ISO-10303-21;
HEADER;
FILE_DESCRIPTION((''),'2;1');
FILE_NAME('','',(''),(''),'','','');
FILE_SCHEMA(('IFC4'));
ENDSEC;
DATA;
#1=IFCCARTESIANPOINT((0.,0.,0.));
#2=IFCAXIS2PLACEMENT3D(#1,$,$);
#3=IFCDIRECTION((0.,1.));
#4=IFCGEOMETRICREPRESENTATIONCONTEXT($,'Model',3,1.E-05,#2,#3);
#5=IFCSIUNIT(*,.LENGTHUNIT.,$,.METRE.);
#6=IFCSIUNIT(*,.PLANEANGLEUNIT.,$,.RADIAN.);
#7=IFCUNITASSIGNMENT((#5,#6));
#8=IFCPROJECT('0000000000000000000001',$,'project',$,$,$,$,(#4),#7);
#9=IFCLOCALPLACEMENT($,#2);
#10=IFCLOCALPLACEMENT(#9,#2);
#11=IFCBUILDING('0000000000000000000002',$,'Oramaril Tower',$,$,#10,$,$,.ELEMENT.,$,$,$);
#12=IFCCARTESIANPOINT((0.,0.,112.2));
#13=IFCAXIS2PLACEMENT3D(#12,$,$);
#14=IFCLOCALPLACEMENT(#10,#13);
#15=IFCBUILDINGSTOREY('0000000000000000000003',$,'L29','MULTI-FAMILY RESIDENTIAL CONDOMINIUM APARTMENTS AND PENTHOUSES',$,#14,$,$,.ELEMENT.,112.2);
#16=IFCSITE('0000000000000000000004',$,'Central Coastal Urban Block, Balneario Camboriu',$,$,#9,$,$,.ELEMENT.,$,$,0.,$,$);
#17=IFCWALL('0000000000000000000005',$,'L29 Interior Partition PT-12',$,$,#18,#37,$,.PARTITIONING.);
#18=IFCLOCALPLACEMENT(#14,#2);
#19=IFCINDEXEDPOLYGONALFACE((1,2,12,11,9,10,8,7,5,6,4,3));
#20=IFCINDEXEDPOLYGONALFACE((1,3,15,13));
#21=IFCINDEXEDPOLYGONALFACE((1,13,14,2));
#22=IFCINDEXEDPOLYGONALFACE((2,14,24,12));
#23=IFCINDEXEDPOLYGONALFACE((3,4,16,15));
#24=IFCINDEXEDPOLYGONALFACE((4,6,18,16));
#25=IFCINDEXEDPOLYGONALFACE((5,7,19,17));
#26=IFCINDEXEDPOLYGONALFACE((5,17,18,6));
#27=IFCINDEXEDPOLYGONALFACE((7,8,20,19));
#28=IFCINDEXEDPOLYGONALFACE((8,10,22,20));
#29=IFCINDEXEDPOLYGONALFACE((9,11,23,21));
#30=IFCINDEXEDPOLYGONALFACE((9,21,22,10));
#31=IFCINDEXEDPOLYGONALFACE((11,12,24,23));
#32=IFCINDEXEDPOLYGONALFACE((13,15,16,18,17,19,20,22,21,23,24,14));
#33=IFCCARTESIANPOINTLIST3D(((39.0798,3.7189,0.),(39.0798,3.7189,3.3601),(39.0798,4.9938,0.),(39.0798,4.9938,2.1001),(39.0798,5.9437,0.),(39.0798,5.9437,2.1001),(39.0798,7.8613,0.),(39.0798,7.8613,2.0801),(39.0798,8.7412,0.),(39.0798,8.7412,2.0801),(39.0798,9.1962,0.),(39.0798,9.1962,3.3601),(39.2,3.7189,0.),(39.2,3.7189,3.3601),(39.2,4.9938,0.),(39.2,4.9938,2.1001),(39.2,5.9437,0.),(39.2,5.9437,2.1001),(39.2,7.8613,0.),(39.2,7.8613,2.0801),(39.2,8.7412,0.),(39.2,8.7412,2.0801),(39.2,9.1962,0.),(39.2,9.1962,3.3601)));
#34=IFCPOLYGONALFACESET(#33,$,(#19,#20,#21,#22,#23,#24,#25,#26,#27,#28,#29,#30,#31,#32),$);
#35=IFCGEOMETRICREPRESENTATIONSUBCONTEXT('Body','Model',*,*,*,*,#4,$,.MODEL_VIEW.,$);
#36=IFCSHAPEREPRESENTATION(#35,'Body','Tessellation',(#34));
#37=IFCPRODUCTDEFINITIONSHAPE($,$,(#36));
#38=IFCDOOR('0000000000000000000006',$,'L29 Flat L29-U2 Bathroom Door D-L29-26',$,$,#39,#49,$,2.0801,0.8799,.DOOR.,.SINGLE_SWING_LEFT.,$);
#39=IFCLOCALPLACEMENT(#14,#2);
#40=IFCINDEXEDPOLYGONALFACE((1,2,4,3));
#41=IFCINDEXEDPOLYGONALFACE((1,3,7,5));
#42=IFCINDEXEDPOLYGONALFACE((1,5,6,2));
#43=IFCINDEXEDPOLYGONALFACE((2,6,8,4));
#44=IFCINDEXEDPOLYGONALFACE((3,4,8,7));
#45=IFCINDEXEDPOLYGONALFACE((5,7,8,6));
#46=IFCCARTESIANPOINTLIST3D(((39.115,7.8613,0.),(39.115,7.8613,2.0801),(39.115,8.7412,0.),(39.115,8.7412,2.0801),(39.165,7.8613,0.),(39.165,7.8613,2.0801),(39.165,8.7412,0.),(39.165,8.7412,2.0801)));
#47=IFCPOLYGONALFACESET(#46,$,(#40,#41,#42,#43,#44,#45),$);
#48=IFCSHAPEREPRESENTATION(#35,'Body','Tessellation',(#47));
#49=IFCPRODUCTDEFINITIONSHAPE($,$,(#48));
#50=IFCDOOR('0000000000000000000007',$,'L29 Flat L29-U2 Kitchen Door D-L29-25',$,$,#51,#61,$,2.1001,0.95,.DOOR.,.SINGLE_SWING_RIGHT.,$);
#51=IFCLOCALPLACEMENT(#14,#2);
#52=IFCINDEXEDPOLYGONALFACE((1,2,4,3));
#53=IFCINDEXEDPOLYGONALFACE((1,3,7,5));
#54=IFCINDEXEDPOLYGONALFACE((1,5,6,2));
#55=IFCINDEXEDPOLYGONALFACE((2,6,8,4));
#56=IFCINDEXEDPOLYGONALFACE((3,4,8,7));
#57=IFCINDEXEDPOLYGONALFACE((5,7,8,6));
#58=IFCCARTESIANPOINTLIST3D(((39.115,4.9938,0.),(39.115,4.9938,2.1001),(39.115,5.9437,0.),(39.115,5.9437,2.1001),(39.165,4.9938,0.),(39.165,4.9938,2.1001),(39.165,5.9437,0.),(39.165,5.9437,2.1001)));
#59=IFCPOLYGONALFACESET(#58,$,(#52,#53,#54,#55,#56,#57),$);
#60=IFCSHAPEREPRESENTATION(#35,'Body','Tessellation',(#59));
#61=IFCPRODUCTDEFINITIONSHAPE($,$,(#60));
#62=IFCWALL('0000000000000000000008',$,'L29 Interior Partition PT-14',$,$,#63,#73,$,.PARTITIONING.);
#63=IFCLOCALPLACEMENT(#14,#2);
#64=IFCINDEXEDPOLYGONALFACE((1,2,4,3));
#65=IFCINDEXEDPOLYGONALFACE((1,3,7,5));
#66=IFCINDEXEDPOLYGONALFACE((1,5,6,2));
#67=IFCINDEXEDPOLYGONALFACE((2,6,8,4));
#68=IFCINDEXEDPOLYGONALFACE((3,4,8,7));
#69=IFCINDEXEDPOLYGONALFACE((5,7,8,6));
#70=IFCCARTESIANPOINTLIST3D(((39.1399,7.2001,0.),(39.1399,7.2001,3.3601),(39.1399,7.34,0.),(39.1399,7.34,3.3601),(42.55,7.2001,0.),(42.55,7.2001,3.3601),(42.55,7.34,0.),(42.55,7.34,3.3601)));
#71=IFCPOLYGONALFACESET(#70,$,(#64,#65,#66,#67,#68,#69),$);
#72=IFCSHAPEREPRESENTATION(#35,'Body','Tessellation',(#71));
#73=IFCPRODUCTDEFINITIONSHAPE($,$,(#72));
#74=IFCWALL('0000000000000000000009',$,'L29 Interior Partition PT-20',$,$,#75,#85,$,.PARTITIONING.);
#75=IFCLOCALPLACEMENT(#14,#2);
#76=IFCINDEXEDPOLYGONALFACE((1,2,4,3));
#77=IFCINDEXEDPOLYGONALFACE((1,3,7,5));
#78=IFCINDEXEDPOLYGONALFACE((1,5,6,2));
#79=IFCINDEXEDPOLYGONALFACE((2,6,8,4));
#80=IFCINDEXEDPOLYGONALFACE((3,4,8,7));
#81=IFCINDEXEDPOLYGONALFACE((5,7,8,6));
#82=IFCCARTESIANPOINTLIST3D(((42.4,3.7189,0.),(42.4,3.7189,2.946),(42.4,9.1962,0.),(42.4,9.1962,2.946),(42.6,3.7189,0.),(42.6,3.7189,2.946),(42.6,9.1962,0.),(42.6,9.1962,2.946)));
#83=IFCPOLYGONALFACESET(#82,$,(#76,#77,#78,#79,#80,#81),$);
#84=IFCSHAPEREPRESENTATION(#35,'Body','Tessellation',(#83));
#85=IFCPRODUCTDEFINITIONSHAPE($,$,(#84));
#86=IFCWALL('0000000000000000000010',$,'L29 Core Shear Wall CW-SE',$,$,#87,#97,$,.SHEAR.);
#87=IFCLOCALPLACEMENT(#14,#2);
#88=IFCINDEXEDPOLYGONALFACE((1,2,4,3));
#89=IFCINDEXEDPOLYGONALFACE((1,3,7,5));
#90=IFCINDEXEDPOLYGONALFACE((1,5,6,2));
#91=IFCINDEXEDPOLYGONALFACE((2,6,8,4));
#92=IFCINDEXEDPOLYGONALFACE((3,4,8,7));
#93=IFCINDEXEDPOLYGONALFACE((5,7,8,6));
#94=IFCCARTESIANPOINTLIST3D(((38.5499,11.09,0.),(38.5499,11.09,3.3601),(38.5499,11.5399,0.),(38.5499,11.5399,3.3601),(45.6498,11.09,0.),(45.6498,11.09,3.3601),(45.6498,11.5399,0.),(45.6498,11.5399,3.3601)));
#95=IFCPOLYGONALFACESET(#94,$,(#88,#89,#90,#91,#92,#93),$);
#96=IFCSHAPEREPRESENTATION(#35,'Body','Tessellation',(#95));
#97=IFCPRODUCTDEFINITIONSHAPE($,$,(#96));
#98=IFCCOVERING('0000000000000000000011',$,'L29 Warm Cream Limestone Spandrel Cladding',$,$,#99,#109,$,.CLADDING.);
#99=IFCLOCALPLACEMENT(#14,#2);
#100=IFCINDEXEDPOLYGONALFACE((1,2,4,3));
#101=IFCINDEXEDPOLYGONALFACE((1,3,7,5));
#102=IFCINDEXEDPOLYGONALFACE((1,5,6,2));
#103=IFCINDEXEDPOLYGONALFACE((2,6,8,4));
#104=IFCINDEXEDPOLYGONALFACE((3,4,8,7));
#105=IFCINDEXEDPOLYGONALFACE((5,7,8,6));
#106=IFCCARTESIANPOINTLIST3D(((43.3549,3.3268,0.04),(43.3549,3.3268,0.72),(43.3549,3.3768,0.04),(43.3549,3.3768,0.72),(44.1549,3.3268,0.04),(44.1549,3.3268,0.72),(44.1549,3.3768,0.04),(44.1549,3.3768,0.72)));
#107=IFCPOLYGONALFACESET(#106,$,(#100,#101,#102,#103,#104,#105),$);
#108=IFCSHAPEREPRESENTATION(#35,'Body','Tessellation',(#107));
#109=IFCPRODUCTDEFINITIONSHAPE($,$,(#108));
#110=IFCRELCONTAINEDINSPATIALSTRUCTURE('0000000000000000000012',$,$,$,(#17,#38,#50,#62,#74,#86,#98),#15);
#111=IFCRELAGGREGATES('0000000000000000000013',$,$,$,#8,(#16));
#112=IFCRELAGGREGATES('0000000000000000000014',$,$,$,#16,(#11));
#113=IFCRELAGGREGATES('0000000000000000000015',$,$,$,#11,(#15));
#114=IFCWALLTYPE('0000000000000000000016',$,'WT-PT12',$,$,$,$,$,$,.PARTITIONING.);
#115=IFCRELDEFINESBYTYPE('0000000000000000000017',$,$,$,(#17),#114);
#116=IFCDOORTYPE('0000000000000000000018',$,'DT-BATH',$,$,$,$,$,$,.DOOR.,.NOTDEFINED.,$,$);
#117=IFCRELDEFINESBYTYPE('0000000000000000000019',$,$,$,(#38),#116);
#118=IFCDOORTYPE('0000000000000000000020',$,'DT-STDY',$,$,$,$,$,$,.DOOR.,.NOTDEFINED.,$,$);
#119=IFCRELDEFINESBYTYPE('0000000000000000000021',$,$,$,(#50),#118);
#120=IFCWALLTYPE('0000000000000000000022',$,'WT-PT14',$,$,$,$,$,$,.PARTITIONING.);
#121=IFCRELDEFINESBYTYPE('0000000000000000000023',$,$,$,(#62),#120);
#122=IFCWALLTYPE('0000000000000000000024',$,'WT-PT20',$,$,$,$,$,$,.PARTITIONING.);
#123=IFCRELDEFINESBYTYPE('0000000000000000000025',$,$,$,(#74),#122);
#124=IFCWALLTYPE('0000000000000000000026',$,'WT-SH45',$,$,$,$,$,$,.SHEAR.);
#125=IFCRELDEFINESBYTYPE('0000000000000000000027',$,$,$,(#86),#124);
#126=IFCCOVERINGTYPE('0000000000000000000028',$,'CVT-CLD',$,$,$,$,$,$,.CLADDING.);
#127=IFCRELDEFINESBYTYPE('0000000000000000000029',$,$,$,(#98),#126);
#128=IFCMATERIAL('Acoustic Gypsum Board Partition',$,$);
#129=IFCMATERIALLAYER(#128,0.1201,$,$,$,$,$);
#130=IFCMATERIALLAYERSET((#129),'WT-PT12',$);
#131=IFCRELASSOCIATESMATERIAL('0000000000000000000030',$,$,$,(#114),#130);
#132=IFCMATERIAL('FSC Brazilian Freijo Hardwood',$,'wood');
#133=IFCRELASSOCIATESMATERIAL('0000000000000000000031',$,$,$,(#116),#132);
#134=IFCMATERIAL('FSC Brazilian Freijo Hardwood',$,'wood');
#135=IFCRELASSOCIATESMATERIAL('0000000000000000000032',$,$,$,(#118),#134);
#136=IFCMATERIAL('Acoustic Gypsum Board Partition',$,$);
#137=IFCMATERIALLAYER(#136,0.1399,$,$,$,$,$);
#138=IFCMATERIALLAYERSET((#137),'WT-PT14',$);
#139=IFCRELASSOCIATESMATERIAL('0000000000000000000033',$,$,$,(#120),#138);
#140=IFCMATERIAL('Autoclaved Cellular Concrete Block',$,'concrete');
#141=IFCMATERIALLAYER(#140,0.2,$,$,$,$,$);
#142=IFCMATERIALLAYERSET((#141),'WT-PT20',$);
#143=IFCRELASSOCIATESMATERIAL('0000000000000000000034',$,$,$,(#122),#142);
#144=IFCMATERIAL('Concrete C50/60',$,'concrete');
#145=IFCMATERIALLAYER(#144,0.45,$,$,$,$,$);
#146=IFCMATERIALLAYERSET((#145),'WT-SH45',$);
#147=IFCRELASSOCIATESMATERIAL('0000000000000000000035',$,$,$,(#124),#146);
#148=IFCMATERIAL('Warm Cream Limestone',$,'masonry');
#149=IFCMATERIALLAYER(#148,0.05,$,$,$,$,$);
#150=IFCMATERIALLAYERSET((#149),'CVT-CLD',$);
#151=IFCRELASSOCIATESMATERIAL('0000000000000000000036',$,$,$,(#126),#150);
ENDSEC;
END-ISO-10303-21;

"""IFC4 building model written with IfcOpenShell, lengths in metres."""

from ifc_helpers import new_model, si_unit, direction, frame, frame_2d, origin, origin_2d, place, context, subcontext, project, spatial, rectangle, extrude, material, layer, layer_set, type_object, element, fill, save


model = new_model("IFC4")

# Units and contexts
model_context = context("Model", 3, precision=1e-05, world=origin(), true_north=direction((0.0, 1.0)))
body_context = subcontext(model_context, "Body", "Model", "MODEL_VIEW")
ifc_project = project(units=[si_unit("LENGTHUNIT", "METRE"), si_unit("PLANEANGLEUNIT", "RADIAN")], contexts=[model_context])

# Site, building, storey
site_placement = place(None, origin())
site = spatial("IfcSite", under=ifc_project, at=site_placement, Name="Central Coastal Urban Block, Balneario Camboriu", CompositionType="ELEMENT", RefElevation=0.0)
building_placement = place(site_placement, origin())
building = spatial("IfcBuilding", under=site, at=building_placement, Name="Oramaril Tower", CompositionType="ELEMENT")
storey_placement = place(building_placement, frame((0.0, 0.0, 112.2)))
storey = spatial("IfcBuildingStorey", under=building, at=storey_placement, Name="L29", Description="MULTI-FAMILY RESIDENTIAL CONDOMINIUM APARTMENTS AND PENTHOUSES", CompositionType="ELEMENT", Elevation=112.2)

# Wall, openings, doors
ifc_material_1 = material(Name="Acoustic Gypsum Board Partition")
ifc_layer_1 = layer(ifc_material_1, 0.1201)
ifc_layer_set_1 = layer_set([ifc_layer_1], Name="WT-PT12")
wall_type_1 = type_object("IfcWallType", Name="WT-PT12", PredefinedType="PARTITIONING", material=ifc_layer_set_1)
wall_1_placement = place(storey_placement, frame((39.1399, 3.7188, 0.0), z_axis=(0.0, 0.0, 1.0), x_axis=(0.0, 1.0, 0.0)))
wall_1 = element("IfcWall", 1, at=wall_1_placement, inside=storey, type_object=wall_type_1, Name="L29 Interior Partition PT-12", PredefinedType="PARTITIONING", context=body_context, shape_type="SweptSolid", body=[
    extrude(rectangle(XDim=5.4773, YDim=0.1201, at=frame_2d((2.7388, 0.0))), origin(), (0.0, 0.0, 1.0), 3.3601),
])
opening_1_placement = place(wall_1_placement, frame((1.2749, 0.0, 0.0)))
opening_1 = element("IfcOpeningElement", 2, at=opening_1_placement, cuts=wall_1, PredefinedType="OPENING", context=body_context, shape_type="SweptSolid", body=[
    extrude(rectangle(XDim=0.95, YDim=2.1001, at=frame_2d((0.4751, 1.05))), frame((0.0, 0.0601, 0.0), z_axis=(0.0, -1.0, 0.0), x_axis=(1.0, 0.0, 0.0)), (0.0, 0.0, 1.0), 0.1201),
])
opening_2_placement = place(wall_1_placement, frame((4.1426, 0.0, 0.0)))
opening_2 = element("IfcOpeningElement", 3, at=opening_2_placement, cuts=wall_1, PredefinedType="OPENING", context=body_context, shape_type="SweptSolid", body=[
    extrude(rectangle(XDim=0.8799, YDim=2.0801, at=frame_2d((0.4399, 1.04))), frame((0.0, 0.0601, 0.0), z_axis=(0.0, -1.0, 0.0), x_axis=(1.0, 0.0, 0.0)), (0.0, 0.0, 1.0), 0.1201),
])
ifc_material_2 = material(Name="FSC Brazilian Freijo Hardwood", Category="wood")
door_type_1 = type_object("IfcDoorType", Name="DT-BATH", OperationType="NOTDEFINED", PredefinedType="DOOR", material=ifc_material_2)
door_1_placement = place(opening_2_placement, origin())
door_1 = element("IfcDoor", 4, at=door_1_placement, inside=storey, type_object=door_type_1, Name="L29 Flat L29-U2 Bathroom Door D-L29-26", OperationType="SINGLE_SWING_LEFT", OverallHeight=2.0801, OverallWidth=0.8799, PredefinedType="DOOR", context=body_context, shape_type="SweptSolid", body=[
    extrude(rectangle(XDim=0.8799, YDim=2.0801, at=frame_2d((0.4399, 1.04))), frame((0.0, 0.0249, 0.0), z_axis=(0.0, -1.0, 0.0), x_axis=(1.0, 0.0, 0.0)), (0.0, 0.0, 1.0), 0.05),
])
fill(opening_2, door_1)
ifc_material_3 = material(Name="FSC Brazilian Freijo Hardwood", Category="wood")
door_type_2 = type_object("IfcDoorType", Name="DT-STDY", OperationType="NOTDEFINED", PredefinedType="DOOR", material=ifc_material_3)
door_2_placement = place(opening_1_placement, origin())
door_2 = element("IfcDoor", 5, at=door_2_placement, inside=storey, type_object=door_type_2, Name="L29 Flat L29-U2 Kitchen Door D-L29-25", OperationType="SINGLE_SWING_RIGHT", OverallHeight=2.1001, OverallWidth=0.95, PredefinedType="DOOR", context=body_context, shape_type="SweptSolid", body=[
    extrude(rectangle(XDim=0.95, YDim=2.1001, at=frame_2d((0.4751, 1.05))), frame((0.0, 0.0249, 0.0), z_axis=(0.0, -1.0, 0.0), x_axis=(1.0, 0.0, 0.0)), (0.0, 0.0, 1.0), 0.05),
])
fill(opening_1, door_2)

# Walls
ifc_material_4 = material(Name="Acoustic Gypsum Board Partition")
ifc_layer_2 = layer(ifc_material_4, 0.1399)
ifc_layer_set_2 = layer_set([ifc_layer_2], Name="WT-PT14")
wall_type_2 = type_object("IfcWallType", Name="WT-PT14", PredefinedType="PARTITIONING", material=ifc_layer_set_2)
wall_2_placement = place(storey_placement, frame((39.1399, 7.27, 0.0), z_axis=(0.0, 0.0, 1.0), x_axis=(1.0, 0.0, 0.0)))
element("IfcWall", 6, at=wall_2_placement, inside=storey, type_object=wall_type_2, Name="L29 Interior Partition PT-14", PredefinedType="PARTITIONING", context=body_context, shape_type="SweptSolid", body=[
    extrude(rectangle(XDim=3.4102, YDim=0.1399, at=frame_2d((1.7051, 0.0))), origin(), (0.0, 0.0, 1.0), 3.3601),
])
ifc_material_5 = material(Name="Autoclaved Cellular Concrete Block", Category="concrete")
ifc_layer_3 = layer(ifc_material_5, 0.2)
ifc_layer_set_3 = layer_set([ifc_layer_3], Name="WT-PT20")
wall_type_3 = type_object("IfcWallType", Name="WT-PT20", PredefinedType="PARTITIONING", material=ifc_layer_set_3)
wall_3_placement = place(storey_placement, frame((42.5, 3.7188, 0.0), z_axis=(0.0, 0.0, 1.0), x_axis=(0.0, 1.0, 0.0)))
element("IfcWall", 7, at=wall_3_placement, inside=storey, type_object=wall_type_3, Name="L29 Interior Partition PT-20", PredefinedType="PARTITIONING", context=body_context, shape_type="SweptSolid", body=[
    extrude(rectangle(XDim=5.4773, YDim=0.2, at=frame_2d((2.7388, 0.0))), origin(), (0.0, 0.0, 1.0), 2.946),
])
ifc_material_6 = material(Name="Concrete C50/60", Category="concrete")
ifc_layer_4 = layer(ifc_material_6, 0.45)
ifc_layer_set_4 = layer_set([ifc_layer_4], Name="WT-SH45")
wall_type_4 = type_object("IfcWallType", Name="WT-SH45", PredefinedType="SHEAR", material=ifc_layer_set_4)
wall_4_placement = place(storey_placement, frame((38.55, 11.3149, 0.0), z_axis=(0.0, 0.0, 1.0), x_axis=(1.0, 0.0, 0.0)))
element("IfcWall", 8, at=wall_4_placement, inside=storey, type_object=wall_type_4, Name="L29 Core Shear Wall CW-SE", PredefinedType="SHEAR", context=body_context, shape_type="SweptSolid", body=[
    extrude(rectangle(XDim=7.0999, YDim=0.45, at=frame_2d((3.5498, 0.0))), origin(), (0.0, 0.0, 1.0), 3.3601),
])

# Covering
ifc_material_7 = material(Name="Warm Cream Limestone", Category="masonry")
ifc_layer_5 = layer(ifc_material_7, 0.05)
ifc_layer_set_5 = layer_set([ifc_layer_5], Name="CVT-CLD")
covering_type = type_object("IfcCoveringType", Name="CVT-CLD", PredefinedType="CLADDING", material=ifc_layer_set_5)
covering_placement = place(storey_placement, frame((43.7549, 3.3518, 0.04), z_axis=(0.0, 0.0, 1.0), x_axis=(1.0, 0.0, 0.0)))
element("IfcCovering", 9, at=covering_placement, inside=storey, type_object=covering_type, Name="L29 Warm Cream Limestone Spandrel Cladding", PredefinedType="CLADDING", context=body_context, shape_type="SweptSolid", body=[
    extrude(rectangle(XDim=0.8, YDim=0.05, at=origin_2d()), origin(), (0.0, 0.0, 1.0), 0.6799),
])

save(model, "model.ifc")
